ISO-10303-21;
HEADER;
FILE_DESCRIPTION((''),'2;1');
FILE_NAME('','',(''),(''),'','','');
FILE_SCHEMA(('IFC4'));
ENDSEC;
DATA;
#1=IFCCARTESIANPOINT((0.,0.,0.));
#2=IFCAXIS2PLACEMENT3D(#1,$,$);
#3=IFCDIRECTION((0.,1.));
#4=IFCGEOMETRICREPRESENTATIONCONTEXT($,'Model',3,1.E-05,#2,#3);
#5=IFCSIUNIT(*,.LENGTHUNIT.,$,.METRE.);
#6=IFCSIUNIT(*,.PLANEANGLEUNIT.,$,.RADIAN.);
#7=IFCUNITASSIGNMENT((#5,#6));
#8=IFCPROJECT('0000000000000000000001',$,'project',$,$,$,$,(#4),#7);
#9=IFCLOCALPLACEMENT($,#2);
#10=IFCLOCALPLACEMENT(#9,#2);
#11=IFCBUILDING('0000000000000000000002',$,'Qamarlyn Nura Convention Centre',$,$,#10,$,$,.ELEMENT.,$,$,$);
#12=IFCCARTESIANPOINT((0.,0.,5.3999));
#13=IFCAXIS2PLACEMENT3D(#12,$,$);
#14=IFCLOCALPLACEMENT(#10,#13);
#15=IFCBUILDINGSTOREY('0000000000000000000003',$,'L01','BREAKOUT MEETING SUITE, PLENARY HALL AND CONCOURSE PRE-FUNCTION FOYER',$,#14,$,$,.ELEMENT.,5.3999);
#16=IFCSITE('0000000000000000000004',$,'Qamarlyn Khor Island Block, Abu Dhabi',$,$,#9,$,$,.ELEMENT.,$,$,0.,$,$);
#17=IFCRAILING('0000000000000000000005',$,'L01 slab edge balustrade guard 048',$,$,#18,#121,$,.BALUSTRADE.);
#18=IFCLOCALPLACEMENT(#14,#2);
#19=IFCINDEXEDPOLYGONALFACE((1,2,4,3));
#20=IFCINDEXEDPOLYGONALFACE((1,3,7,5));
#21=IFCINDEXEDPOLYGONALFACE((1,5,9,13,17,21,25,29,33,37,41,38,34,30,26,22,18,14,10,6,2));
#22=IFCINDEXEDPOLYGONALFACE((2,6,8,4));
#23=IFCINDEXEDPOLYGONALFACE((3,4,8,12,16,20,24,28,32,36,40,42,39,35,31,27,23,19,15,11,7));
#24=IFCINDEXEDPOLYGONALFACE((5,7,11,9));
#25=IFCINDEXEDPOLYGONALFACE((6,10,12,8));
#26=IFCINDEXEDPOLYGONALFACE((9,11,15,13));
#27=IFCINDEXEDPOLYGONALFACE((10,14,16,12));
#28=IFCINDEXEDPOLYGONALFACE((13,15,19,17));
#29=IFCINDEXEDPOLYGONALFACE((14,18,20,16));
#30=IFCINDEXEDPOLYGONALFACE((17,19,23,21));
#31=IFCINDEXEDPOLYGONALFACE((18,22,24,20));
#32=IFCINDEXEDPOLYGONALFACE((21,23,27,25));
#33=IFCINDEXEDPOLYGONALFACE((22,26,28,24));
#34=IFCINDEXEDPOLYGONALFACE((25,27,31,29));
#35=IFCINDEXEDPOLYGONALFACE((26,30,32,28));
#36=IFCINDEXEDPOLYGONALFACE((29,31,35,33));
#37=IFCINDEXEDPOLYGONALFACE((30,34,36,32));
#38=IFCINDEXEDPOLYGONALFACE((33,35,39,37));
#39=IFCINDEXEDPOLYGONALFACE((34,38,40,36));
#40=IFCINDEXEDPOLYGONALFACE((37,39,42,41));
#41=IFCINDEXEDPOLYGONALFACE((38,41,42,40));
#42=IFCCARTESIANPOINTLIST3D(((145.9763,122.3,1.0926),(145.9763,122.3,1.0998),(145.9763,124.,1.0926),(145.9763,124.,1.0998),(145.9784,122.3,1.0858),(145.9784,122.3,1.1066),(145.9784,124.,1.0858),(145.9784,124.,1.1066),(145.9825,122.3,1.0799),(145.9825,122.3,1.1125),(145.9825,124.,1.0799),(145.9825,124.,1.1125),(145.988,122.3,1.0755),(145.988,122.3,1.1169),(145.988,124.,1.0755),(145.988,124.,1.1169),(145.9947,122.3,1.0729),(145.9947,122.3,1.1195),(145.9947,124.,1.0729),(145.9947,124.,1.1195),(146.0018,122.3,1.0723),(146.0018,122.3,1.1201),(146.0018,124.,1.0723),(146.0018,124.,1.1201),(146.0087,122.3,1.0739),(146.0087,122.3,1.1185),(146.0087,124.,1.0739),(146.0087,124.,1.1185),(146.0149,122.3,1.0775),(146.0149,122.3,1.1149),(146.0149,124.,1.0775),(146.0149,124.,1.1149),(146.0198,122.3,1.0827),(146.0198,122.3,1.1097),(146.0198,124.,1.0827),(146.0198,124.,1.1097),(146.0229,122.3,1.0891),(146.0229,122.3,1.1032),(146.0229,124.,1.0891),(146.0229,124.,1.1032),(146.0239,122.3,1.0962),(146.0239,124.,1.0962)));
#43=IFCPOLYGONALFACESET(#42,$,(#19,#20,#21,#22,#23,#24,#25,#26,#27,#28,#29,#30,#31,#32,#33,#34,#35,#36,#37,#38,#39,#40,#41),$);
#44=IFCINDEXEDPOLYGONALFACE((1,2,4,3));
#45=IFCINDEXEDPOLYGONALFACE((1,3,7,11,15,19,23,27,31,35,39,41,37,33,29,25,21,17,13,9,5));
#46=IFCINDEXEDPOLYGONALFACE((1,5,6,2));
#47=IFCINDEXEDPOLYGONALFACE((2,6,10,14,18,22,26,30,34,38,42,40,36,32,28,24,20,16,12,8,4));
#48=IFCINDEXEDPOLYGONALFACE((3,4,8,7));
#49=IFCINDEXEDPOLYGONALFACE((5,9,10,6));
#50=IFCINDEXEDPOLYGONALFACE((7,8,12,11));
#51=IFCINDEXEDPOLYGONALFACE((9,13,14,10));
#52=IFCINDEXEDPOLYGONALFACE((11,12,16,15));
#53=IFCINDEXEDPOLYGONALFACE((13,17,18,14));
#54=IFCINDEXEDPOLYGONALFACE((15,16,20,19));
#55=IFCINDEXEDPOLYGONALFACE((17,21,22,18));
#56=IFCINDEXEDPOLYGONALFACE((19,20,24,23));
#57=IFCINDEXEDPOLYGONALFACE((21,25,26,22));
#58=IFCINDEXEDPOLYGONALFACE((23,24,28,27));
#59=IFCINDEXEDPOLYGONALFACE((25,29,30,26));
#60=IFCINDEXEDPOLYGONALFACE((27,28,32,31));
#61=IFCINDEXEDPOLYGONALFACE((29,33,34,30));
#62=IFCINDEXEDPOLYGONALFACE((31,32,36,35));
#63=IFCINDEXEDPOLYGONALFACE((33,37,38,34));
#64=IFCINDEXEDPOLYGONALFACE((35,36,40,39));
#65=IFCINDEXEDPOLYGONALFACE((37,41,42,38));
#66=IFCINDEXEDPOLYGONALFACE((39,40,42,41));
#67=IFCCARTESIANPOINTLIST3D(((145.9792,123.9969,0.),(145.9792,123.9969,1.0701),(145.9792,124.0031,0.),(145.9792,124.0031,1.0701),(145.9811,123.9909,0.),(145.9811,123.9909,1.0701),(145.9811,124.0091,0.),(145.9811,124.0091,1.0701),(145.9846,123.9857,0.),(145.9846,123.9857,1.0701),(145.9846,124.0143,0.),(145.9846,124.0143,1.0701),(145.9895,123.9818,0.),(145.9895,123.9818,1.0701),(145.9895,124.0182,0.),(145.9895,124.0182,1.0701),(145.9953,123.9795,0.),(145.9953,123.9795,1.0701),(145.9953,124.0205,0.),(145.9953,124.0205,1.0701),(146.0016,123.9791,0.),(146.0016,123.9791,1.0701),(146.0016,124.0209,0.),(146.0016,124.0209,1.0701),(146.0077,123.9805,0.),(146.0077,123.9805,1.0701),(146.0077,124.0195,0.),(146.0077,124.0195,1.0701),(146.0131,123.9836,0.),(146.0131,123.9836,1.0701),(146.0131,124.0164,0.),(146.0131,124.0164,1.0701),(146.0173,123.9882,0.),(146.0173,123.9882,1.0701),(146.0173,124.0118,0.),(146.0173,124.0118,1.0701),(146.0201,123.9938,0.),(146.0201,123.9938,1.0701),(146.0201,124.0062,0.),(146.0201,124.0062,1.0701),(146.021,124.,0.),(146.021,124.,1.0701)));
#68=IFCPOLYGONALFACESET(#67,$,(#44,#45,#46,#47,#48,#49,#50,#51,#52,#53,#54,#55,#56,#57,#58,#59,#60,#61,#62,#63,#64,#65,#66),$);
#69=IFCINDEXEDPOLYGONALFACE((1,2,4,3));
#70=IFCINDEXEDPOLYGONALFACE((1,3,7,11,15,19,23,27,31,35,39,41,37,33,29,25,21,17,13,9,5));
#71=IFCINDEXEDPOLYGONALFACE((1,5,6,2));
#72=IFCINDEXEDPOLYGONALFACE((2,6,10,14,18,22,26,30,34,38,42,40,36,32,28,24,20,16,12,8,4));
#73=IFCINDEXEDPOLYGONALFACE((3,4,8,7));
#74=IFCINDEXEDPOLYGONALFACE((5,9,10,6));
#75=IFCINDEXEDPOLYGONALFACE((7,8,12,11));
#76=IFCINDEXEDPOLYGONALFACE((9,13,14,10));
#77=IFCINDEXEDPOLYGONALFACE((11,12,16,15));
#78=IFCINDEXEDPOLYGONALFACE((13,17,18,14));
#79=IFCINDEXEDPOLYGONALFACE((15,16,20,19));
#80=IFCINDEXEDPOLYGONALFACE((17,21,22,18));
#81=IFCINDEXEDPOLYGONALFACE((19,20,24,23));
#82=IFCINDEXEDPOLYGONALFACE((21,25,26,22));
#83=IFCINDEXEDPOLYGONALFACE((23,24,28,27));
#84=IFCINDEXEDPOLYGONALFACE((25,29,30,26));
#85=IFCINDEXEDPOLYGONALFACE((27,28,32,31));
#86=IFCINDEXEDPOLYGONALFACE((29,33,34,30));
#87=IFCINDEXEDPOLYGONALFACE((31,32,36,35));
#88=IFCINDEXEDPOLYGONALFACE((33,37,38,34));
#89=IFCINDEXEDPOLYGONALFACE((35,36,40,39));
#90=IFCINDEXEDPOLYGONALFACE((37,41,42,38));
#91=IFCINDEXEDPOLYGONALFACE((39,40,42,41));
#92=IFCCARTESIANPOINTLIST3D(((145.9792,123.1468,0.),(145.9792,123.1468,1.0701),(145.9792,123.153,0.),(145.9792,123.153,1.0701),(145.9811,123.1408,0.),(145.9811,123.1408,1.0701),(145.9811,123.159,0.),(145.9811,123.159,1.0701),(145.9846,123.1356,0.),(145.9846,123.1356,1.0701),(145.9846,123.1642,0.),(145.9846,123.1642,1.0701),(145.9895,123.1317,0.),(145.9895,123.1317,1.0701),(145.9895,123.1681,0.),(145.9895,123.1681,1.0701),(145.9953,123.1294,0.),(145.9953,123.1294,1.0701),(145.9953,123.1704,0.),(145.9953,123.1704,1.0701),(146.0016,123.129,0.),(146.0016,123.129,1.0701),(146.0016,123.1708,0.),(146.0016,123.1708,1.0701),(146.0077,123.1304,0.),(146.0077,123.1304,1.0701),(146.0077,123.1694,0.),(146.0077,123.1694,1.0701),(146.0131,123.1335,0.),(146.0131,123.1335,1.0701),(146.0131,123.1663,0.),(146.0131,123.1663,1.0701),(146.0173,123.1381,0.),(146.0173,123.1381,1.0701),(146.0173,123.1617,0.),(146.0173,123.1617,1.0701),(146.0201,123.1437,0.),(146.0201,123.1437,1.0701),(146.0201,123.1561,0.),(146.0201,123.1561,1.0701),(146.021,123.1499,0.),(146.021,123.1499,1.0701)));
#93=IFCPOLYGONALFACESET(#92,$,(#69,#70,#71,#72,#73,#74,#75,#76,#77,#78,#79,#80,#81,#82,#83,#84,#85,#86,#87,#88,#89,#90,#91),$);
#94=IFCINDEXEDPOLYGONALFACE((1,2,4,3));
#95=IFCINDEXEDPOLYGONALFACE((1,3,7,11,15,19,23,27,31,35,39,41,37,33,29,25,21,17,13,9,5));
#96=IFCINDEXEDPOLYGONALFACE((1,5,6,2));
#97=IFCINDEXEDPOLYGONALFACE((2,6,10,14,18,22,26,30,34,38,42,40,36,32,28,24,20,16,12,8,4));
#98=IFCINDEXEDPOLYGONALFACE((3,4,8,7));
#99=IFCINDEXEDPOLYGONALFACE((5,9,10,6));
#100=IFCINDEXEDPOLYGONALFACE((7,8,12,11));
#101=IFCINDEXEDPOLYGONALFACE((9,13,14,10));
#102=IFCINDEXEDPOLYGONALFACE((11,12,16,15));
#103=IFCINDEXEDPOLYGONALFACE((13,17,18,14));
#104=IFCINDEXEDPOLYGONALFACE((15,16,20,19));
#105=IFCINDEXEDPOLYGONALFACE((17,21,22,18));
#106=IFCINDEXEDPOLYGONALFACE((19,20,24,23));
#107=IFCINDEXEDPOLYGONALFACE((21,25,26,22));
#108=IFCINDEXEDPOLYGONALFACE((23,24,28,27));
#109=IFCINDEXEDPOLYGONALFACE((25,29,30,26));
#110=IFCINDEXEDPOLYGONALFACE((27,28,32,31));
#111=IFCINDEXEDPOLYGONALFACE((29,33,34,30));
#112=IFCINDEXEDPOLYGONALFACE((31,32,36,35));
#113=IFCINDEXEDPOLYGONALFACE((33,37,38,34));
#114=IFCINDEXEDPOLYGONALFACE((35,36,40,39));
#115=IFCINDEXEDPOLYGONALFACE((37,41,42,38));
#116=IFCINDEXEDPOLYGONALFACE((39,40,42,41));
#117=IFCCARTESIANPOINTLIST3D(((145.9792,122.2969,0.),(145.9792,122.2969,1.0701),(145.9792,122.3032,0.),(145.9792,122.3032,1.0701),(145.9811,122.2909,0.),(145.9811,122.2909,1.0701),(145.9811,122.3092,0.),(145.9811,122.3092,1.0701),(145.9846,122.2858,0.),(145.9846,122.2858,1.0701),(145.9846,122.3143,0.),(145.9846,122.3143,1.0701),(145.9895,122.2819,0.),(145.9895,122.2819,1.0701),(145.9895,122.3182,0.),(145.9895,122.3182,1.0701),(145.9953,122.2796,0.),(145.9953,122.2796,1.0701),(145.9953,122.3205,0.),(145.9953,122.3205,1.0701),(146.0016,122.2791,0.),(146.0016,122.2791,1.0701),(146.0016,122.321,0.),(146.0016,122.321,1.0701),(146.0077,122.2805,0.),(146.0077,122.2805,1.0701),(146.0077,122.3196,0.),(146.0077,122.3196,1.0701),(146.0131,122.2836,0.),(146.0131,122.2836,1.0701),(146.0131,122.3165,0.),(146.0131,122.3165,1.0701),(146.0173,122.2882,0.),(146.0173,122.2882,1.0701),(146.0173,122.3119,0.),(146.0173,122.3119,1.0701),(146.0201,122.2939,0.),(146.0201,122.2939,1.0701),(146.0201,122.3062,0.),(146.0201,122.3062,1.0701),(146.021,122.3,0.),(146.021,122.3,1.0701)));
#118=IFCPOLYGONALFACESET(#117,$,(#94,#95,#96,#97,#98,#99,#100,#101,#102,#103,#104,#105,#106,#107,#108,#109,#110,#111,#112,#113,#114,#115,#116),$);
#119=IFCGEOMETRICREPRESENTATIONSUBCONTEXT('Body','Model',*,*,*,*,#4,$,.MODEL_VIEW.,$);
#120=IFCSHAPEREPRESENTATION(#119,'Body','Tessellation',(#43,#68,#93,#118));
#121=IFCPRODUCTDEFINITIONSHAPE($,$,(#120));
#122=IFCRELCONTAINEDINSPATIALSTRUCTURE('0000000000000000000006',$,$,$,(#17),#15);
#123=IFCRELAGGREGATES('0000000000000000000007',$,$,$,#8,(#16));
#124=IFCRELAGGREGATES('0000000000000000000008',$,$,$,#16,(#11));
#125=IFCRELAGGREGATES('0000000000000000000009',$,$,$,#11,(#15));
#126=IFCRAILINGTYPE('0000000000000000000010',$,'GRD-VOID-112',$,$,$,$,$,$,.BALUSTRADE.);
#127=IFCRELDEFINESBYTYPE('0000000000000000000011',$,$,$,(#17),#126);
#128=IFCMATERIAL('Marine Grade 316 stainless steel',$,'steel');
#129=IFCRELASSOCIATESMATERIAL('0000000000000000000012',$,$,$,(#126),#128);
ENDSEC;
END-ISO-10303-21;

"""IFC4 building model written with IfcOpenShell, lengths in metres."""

from ifc_helpers import new_model, si_unit, direction, frame, origin, origin_2d, place, context, subcontext, project, spatial, circle, extrude, material, type_object, element, save


model = new_model("IFC4")

# Units and contexts
model_context = context("Model", 3, precision=1e-05, world=origin(), true_north=direction((0.0, 1.0)))
body_context = subcontext(model_context, "Body", "Model", "MODEL_VIEW")
ifc_project = project(units=[si_unit("LENGTHUNIT", "METRE"), si_unit("PLANEANGLEUNIT", "RADIAN")], contexts=[model_context])

# Site, building, storey
site_placement = place(None, origin())
site = spatial("IfcSite", under=ifc_project, at=site_placement, Name="Qamarlyn Khor Island Block, Abu Dhabi", CompositionType="ELEMENT", RefElevation=0.0)
building_placement = place(site_placement, origin())
building = spatial("IfcBuilding", under=site, at=building_placement, Name="Qamarlyn Nura Convention Centre", CompositionType="ELEMENT")
storey_placement = place(building_placement, frame((0.0, 0.0, 5.3999)))
storey = spatial("IfcBuildingStorey", under=building, at=storey_placement, Name="L01", Description="BREAKOUT MEETING SUITE, PLENARY HALL AND CONCOURSE PRE-FUNCTION FOYER", CompositionType="ELEMENT", Elevation=5.3999)

# Railing
ifc_material_1 = material(Name="Marine Grade 316 stainless steel", Category="steel")
railing_type_1 = type_object("IfcRailingType", Name="GRD-VOID-112", PredefinedType="BALUSTRADE", material=ifc_material_1)
railing_1_placement = place(storey_placement, frame((146.0, 124.0, 0.0)))
element("IfcRailing", 1, at=railing_1_placement, inside=storey, type_object=railing_type_1, Name="L01 slab edge balustrade guard 048", PredefinedType="BALUSTRADE", context=body_context, shape_type="SweptSolid", body=[
    extrude(circle(Radius=0.0239, at=origin_2d()), frame((0.0, 0.0, 1.0962), z_axis=(0.0, -1.0, 0.0), x_axis=(1.0, 0.0, 0.0)), (0.0, 0.0, 1.0), 1.7),
    extrude(circle(Radius=0.021, at=origin_2d()), origin(), (0.0, 0.0, 1.0), 1.0701),
    extrude(circle(Radius=0.021, at=origin_2d()), frame((0.0, -0.8501, 0.0)), (0.0, 0.0, 1.0), 1.0701),
    extrude(circle(Radius=0.021, at=origin_2d()), frame((0.0, -1.7, 0.0)), (0.0, 0.0, 1.0), 1.0701),
])

save(model, "model.ifc")
